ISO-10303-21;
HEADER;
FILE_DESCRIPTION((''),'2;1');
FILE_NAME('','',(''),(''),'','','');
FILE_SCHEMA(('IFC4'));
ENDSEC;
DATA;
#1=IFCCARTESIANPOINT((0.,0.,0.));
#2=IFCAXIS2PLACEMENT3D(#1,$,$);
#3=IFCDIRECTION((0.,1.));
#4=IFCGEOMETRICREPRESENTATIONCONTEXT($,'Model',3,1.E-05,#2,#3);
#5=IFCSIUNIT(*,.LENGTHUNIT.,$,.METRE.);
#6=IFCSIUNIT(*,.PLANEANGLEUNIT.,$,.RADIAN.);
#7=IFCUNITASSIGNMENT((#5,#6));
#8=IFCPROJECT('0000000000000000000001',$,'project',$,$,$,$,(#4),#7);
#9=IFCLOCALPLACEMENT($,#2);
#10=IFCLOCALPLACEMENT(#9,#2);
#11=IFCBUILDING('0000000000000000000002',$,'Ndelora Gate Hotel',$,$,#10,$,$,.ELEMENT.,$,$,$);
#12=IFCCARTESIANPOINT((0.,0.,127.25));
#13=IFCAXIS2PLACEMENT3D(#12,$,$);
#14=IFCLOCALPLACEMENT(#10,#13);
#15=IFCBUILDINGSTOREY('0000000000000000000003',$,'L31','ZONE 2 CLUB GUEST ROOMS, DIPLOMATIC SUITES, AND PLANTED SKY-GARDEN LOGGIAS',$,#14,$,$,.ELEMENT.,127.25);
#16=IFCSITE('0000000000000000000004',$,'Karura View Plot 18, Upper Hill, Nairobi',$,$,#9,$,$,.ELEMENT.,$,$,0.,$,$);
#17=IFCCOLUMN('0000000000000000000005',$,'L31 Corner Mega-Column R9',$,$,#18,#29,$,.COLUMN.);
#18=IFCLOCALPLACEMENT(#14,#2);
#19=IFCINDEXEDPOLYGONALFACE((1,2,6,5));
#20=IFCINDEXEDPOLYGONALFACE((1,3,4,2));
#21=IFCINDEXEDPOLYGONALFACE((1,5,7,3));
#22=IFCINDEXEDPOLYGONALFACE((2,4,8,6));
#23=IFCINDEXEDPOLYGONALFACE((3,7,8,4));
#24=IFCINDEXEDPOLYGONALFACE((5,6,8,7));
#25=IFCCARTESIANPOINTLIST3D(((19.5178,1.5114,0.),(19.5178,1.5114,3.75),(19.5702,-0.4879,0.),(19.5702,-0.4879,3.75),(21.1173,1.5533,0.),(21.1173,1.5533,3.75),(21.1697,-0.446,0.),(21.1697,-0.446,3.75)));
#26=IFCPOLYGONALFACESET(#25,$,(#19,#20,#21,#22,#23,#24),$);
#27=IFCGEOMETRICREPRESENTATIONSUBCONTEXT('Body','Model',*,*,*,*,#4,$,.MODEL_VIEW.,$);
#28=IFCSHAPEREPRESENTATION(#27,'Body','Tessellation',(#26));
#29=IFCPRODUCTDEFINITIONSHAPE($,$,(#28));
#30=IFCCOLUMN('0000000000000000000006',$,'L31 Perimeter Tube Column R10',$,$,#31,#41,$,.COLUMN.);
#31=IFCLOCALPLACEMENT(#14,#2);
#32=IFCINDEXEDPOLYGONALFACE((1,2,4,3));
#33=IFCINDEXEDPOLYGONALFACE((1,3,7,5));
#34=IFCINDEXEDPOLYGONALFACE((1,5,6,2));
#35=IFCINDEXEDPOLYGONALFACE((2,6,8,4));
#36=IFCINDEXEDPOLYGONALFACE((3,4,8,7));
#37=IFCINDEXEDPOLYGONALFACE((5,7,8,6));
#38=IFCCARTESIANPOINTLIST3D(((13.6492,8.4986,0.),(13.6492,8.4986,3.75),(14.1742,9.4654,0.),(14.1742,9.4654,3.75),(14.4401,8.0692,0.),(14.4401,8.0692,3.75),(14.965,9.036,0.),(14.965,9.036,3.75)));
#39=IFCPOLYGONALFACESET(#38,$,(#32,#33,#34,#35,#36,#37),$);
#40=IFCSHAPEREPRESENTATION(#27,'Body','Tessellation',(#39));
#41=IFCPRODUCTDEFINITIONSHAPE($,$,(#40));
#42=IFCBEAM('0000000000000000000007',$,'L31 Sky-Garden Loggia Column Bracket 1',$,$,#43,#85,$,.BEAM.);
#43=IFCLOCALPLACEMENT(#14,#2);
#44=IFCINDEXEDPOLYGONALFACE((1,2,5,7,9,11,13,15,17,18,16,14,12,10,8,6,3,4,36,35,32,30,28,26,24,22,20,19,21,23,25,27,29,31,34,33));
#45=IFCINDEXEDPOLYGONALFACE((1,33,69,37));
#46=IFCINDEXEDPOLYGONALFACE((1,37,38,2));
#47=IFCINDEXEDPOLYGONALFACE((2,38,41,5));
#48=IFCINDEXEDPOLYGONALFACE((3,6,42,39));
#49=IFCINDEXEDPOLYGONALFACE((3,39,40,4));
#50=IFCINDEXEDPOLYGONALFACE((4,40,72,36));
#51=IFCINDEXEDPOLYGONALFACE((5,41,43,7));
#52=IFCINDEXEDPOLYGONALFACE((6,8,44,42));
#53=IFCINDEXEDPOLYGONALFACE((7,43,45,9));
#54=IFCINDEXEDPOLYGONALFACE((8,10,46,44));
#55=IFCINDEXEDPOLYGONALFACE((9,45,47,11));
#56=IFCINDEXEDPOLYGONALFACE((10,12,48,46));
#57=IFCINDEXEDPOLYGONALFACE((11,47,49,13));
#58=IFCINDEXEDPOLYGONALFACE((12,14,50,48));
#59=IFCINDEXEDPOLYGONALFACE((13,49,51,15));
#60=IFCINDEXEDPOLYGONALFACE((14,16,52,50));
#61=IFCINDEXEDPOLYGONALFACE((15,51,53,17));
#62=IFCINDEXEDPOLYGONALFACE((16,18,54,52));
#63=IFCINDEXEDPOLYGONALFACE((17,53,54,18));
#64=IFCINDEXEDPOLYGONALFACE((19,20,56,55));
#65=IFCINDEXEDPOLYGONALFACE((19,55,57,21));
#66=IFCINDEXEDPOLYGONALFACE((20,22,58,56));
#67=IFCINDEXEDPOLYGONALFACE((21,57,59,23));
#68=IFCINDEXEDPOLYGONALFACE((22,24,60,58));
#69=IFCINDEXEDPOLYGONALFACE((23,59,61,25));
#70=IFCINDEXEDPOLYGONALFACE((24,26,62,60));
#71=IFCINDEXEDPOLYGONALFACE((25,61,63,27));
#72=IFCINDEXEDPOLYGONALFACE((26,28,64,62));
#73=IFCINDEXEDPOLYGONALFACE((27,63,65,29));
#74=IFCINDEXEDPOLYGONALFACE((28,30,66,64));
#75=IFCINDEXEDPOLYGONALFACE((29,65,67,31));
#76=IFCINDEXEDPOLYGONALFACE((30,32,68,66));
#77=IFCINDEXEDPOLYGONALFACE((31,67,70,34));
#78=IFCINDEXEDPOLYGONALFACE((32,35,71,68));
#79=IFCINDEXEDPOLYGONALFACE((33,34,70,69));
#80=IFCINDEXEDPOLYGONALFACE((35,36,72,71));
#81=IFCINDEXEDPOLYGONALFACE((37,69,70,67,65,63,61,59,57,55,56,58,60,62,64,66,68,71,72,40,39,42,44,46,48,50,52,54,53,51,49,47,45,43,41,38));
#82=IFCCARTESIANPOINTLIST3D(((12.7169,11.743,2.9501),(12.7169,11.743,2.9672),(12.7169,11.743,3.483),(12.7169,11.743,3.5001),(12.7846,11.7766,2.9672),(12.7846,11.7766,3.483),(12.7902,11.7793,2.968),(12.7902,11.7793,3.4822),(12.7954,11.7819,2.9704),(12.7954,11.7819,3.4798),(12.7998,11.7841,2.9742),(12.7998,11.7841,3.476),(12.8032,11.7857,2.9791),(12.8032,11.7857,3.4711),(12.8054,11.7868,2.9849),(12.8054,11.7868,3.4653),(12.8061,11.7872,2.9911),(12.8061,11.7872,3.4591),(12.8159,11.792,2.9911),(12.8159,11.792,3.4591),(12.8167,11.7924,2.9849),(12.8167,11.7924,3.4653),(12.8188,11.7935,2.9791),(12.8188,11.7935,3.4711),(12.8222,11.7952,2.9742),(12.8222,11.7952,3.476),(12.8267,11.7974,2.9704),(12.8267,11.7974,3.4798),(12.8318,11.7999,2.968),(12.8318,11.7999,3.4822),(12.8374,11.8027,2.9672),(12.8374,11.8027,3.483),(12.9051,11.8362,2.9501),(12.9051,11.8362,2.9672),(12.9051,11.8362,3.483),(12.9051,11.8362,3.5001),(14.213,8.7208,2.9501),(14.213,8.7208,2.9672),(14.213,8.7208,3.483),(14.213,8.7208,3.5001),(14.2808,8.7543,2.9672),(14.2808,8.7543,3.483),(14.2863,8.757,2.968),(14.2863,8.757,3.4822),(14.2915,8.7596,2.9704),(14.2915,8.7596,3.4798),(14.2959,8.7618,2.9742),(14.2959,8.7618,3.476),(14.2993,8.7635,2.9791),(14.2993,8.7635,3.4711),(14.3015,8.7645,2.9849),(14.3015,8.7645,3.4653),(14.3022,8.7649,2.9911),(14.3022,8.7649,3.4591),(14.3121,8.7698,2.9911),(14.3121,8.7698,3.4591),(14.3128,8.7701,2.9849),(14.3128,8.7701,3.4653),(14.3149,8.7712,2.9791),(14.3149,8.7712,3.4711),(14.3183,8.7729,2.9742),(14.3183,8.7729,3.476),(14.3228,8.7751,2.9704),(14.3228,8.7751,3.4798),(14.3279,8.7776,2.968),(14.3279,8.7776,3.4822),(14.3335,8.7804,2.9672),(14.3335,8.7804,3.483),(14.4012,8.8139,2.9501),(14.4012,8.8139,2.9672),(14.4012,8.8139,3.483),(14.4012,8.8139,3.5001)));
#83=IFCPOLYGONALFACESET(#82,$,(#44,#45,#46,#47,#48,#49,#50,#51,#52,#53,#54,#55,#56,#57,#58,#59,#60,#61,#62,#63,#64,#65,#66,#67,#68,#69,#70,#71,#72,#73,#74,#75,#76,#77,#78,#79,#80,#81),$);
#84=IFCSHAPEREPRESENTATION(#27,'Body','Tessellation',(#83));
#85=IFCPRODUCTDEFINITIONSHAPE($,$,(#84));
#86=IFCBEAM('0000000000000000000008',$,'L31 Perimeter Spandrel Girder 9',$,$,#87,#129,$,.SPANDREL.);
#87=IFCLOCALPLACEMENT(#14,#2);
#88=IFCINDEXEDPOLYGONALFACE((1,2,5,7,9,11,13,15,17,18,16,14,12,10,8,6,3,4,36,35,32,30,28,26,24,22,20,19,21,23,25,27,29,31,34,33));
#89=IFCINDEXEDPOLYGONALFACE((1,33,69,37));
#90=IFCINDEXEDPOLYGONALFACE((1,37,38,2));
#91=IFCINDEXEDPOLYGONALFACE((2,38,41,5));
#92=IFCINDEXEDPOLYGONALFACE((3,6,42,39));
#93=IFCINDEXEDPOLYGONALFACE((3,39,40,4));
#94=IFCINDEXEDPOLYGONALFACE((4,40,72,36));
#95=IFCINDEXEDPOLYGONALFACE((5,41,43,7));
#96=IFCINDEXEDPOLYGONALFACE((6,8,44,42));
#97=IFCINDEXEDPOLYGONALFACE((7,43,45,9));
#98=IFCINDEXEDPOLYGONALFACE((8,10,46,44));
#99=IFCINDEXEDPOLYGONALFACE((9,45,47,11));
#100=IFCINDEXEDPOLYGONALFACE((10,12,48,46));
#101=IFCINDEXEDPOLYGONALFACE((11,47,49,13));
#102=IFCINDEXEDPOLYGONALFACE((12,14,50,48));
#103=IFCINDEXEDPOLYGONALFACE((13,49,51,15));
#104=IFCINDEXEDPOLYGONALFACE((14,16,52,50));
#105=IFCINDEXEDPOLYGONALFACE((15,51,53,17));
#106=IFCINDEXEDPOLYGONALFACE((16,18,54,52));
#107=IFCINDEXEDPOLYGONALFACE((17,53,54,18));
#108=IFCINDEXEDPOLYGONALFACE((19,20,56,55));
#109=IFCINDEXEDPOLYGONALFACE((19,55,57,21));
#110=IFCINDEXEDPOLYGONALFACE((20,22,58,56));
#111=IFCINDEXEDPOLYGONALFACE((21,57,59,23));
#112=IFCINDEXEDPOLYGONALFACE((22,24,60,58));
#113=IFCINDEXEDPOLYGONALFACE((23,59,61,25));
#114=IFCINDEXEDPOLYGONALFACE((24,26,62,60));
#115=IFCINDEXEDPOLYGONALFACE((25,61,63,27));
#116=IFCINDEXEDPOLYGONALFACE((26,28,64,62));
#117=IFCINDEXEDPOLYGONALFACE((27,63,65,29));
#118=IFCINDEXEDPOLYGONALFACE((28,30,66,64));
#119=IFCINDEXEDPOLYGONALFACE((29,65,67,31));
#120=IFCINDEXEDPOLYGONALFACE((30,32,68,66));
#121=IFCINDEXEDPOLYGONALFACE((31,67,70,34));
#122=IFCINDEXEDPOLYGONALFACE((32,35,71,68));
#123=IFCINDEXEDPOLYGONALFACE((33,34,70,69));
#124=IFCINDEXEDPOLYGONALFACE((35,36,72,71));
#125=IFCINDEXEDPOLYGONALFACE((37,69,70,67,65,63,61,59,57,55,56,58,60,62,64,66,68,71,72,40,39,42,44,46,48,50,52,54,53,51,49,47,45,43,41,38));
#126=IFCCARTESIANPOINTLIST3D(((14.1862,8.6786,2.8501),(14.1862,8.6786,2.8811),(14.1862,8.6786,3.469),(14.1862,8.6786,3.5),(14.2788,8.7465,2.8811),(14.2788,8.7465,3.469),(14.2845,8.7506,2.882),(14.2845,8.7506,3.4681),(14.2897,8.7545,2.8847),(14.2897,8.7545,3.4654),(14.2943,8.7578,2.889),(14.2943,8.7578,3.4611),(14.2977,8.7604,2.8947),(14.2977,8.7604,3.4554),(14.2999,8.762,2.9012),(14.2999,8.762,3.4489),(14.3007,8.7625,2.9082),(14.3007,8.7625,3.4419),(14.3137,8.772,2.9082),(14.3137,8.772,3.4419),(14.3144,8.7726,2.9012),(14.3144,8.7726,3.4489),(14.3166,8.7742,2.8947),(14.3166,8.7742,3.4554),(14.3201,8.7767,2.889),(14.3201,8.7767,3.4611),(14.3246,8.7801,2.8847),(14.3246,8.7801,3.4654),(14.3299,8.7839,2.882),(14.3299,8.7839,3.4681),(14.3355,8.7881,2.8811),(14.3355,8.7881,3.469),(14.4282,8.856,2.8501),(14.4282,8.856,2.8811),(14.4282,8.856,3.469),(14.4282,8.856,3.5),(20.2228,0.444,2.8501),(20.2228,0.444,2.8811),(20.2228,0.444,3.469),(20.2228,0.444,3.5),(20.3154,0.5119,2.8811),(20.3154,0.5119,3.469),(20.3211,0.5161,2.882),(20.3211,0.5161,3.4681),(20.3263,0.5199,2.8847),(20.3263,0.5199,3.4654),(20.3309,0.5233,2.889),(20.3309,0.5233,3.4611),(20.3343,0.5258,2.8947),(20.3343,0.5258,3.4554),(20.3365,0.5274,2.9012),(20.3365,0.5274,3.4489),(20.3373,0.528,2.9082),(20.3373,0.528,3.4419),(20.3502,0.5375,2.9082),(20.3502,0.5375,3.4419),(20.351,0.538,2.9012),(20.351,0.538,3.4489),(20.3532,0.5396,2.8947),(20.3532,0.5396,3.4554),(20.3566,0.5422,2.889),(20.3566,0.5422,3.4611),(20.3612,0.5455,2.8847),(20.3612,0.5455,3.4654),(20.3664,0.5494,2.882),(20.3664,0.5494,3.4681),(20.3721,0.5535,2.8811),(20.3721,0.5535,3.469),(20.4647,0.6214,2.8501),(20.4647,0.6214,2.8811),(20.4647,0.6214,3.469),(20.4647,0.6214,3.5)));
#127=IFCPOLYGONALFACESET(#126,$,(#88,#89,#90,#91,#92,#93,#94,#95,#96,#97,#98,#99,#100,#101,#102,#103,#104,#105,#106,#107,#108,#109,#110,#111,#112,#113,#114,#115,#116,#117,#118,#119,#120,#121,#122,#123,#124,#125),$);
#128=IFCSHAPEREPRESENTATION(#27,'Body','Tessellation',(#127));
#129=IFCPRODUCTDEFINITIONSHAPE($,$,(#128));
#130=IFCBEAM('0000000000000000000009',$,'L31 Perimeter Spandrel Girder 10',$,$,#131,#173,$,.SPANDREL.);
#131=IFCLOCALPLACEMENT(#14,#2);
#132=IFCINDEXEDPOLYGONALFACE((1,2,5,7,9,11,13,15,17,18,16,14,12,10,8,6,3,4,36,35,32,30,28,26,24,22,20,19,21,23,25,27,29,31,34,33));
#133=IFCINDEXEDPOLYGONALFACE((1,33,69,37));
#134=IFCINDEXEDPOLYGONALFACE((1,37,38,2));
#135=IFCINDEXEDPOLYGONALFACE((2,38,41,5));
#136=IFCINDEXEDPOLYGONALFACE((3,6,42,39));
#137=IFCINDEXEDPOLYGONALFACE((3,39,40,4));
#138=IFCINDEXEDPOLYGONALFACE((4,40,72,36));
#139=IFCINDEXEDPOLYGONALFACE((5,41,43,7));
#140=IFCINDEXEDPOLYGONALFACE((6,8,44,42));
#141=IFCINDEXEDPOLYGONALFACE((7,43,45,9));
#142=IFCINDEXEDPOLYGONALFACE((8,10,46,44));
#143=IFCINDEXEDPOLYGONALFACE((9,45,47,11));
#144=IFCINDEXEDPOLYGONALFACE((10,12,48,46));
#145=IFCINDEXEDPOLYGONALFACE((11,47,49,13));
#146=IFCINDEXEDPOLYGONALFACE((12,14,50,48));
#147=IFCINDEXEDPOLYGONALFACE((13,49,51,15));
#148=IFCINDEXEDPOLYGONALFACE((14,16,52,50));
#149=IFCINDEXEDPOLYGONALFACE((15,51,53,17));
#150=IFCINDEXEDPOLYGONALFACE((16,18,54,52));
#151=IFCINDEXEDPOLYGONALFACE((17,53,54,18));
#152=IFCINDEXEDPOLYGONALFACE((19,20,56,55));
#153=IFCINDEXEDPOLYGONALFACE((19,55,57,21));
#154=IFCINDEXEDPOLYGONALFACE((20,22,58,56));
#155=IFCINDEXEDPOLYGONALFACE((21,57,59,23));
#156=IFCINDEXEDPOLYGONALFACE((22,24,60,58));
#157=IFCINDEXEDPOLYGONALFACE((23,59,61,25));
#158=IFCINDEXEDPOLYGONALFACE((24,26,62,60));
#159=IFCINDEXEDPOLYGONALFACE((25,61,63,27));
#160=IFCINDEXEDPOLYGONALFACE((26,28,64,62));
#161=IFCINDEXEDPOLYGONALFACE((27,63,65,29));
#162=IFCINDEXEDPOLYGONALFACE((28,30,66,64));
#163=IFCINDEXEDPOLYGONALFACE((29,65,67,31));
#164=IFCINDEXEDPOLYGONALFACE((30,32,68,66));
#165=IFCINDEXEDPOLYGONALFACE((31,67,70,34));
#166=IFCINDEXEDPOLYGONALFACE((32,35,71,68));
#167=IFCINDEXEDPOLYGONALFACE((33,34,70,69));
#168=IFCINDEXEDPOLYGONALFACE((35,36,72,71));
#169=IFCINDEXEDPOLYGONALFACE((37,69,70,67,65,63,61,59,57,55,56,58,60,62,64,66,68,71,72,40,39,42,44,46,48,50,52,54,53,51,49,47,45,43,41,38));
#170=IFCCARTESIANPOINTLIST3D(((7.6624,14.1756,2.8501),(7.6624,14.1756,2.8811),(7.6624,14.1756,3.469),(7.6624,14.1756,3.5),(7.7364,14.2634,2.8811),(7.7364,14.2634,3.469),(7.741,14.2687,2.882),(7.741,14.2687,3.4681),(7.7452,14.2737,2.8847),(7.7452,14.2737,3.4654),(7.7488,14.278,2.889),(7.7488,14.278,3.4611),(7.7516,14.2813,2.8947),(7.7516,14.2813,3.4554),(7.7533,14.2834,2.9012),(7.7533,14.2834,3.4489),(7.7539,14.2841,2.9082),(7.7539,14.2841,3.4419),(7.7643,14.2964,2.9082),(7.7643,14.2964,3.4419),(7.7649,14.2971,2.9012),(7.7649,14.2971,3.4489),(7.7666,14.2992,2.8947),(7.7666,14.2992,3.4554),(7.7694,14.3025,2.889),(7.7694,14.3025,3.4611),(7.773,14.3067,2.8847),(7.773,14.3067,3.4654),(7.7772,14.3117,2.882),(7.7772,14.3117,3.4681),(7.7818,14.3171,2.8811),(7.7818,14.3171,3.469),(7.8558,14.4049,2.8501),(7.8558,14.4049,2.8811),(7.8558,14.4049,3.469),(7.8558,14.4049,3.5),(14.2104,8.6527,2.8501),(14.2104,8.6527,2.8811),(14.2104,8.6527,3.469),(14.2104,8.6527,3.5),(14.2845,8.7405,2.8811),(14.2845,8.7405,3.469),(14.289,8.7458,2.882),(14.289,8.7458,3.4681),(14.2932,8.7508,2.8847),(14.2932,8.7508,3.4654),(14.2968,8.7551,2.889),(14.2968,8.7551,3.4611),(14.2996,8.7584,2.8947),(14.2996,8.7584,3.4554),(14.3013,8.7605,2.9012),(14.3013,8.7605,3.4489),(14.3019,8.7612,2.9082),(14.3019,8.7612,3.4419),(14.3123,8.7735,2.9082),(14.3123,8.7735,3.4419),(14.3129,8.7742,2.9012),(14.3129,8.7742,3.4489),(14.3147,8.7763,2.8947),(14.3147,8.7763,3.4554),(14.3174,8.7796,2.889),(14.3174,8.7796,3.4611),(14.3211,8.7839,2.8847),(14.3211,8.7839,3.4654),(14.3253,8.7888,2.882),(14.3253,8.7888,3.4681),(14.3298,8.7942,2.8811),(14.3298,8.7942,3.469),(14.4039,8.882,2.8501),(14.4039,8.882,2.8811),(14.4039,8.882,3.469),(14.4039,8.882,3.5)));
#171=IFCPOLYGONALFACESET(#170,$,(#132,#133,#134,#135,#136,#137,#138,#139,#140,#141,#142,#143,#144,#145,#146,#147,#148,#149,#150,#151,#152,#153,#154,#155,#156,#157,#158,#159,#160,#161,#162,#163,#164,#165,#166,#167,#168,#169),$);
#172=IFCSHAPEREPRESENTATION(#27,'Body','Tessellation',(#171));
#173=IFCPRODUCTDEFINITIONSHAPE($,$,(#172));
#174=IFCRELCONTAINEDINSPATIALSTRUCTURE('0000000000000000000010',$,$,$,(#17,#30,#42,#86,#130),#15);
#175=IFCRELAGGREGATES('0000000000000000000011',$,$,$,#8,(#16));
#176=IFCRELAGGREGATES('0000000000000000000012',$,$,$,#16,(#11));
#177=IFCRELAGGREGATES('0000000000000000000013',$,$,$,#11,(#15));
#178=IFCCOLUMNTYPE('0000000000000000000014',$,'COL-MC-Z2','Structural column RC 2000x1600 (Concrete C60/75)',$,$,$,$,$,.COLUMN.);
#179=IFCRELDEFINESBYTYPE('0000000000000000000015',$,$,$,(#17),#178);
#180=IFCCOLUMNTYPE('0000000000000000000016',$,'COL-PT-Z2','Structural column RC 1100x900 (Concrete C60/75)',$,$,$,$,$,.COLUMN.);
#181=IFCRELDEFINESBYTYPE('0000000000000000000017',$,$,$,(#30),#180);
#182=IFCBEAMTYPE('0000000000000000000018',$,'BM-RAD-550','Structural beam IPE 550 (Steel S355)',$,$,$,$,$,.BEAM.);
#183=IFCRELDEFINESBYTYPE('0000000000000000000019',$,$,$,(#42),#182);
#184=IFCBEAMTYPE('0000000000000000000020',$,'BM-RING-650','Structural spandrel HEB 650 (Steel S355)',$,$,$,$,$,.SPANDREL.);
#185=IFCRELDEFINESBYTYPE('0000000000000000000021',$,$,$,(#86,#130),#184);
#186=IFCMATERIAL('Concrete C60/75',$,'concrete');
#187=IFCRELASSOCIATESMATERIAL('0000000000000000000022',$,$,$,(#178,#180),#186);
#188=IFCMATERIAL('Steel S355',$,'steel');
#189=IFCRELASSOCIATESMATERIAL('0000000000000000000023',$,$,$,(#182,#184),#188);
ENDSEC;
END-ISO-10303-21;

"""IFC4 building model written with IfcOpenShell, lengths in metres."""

from ifc_helpers import new_model, si_unit, direction, frame, origin, origin_2d, place, context, subcontext, project, spatial, rectangle, i_section, extrude, material, material_profile, profile_set, type_object, element, save


model = new_model("IFC4")

# Units and contexts
model_context = context("Model", 3, precision=1e-05, world=origin(), true_north=direction((0.0, 1.0)))
body_context = subcontext(model_context, "Body", "Model", "MODEL_VIEW")
ifc_project = project(units=[si_unit("LENGTHUNIT", "METRE"), si_unit("PLANEANGLEUNIT", "RADIAN")], contexts=[model_context])

# Site, building, storey
site_placement = place(None, origin())
site = spatial("IfcSite", under=ifc_project, at=site_placement, Name="Karura View Plot 18, Upper Hill, Nairobi", CompositionType="ELEMENT", RefElevation=0.0)
building_placement = place(site_placement, origin())
building = spatial("IfcBuilding", under=site, at=building_placement, Name="Ndelora Gate Hotel", CompositionType="ELEMENT")
storey_placement = place(building_placement, frame((0.0, 0.0, 127.25)))
storey = spatial("IfcBuildingStorey", under=building, at=storey_placement, Name="L31", Description="ZONE 2 CLUB GUEST ROOMS, DIPLOMATIC SUITES, AND PLANTED SKY-GARDEN LOGGIAS", CompositionType="ELEMENT", Elevation=127.25)

# Columns
ifc_material_1 = material(Name="Concrete C60/75", Category="concrete")
ifc_material_profile_1 = material_profile(ifc_material_1, rectangle(XDim=1.6001, YDim=2.0, at=origin_2d()), Name="RC 2000x1600")
ifc_profile_set_1 = profile_set([ifc_material_profile_1], Name="Concrete C60/75")
column_type_1 = type_object("IfcColumnType", Name="COL-MC-Z2", Description="Structural column RC 2000x1600 (Concrete C60/75)", PredefinedType="COLUMN", material=ifc_profile_set_1)
column_1_placement = place(storey_placement, frame((20.3438, 0.5327, 0.0), z_axis=(0.0, 0.0, 1.0), x_axis=(0.999657, 0.026177, 0.0)))
element("IfcColumn", 1, at=column_1_placement, inside=storey, type_object=column_type_1, Name="L31 Corner Mega-Column R9", PredefinedType="COLUMN", context=body_context, shape_type="SweptSolid", body=[
    extrude(rectangle(XDim=1.6001, YDim=2.0, at=origin_2d()), origin(), (0.0, 0.0, 1.0), 3.75),
])
ifc_material_profile_2 = material_profile(ifc_material_1, rectangle(XDim=0.8999, YDim=1.1001, at=origin_2d()), Name="RC 1100x900")
ifc_profile_set_2 = profile_set([ifc_material_profile_2], Name="Concrete C60/75")
column_type_2 = type_object("IfcColumnType", Name="COL-PT-Z2", Description="Structural column RC 1100x900 (Concrete C60/75)", PredefinedType="COLUMN", material=ifc_profile_set_2)
column_2_placement = place(storey_placement, frame((14.3071, 8.7673, 0.0), z_axis=(0.0, 0.0, 1.0), x_axis=(-0.878817, 0.477159, 0.0)))
element("IfcColumn", 2, at=column_2_placement, inside=storey, type_object=column_type_2, Name="L31 Perimeter Tube Column R10", PredefinedType="COLUMN", context=body_context, shape_type="SweptSolid", body=[
    extrude(rectangle(XDim=0.8999, YDim=1.1001, at=origin_2d()), origin(), (0.0, 0.0, 1.0), 3.75),
])

# Beams
ifc_material_2 = material(Name="Steel S355", Category="steel")
ifc_material_profile_3 = material_profile(ifc_material_2, i_section(OverallWidth=0.21, OverallDepth=0.55, WebThickness=0.011, FlangeThickness=0.0171, FilletRadius=0.0239, at=origin_2d()), Name="IPE 550")
ifc_profile_set_3 = profile_set([ifc_material_profile_3], Name="Steel S355")
beam_type_1 = type_object("IfcBeamType", Name="BM-RAD-550", Description="Structural beam IPE 550 (Steel S355)", PredefinedType="BEAM", material=ifc_profile_set_3)
beam_1_placement = place(storey_placement, frame((14.3071, 8.7673, 3.2251), z_axis=(-0.443648, 0.896201, 0.0), x_axis=(-0.896201, -0.443648, 0.0)))
element("IfcBeam", 3, at=beam_1_placement, inside=storey, type_object=beam_type_1, Name="L31 Sky-Garden Loggia Column Bracket 1", PredefinedType="BEAM", context=body_context, shape_type="SweptSolid", body=[
    extrude(i_section(OverallWidth=0.21, OverallDepth=0.55, WebThickness=0.011, FlangeThickness=0.0171, FilletRadius=0.0239, at=origin_2d()), origin(), (0.0, 0.0, 1.0), 3.3723),
])
ifc_material_profile_4 = material_profile(ifc_material_2, i_section(OverallWidth=0.3, OverallDepth=0.6499, WebThickness=0.0161, FlangeThickness=0.031, FilletRadius=0.0271, at=origin_2d()), Name="HEB 650")
ifc_profile_set_4 = profile_set([ifc_material_profile_4], Name="Steel S355")
beam_type_2 = type_object("IfcBeamType", Name="BM-RING-650", Description="Structural spandrel HEB 650 (Steel S355)", PredefinedType="SPANDREL", material=ifc_profile_set_4)
beam_2_placement = place(storey_placement, frame((20.3438, 0.5327, 3.175), z_axis=(-0.59123, 0.806503, 0.0), x_axis=(-0.806503, -0.59123, 0.0)))
element("IfcBeam", 4, at=beam_2_placement, inside=storey, type_object=beam_type_2, Name="L31 Perimeter Spandrel Girder 9", PredefinedType="SPANDREL", context=body_context, shape_type="SweptSolid", body=[
    extrude(i_section(OverallWidth=0.3, OverallDepth=0.6499, WebThickness=0.0161, FlangeThickness=0.031, FilletRadius=0.0271, at=origin_2d()), origin(), (0.0, 0.0, 1.0), 10.2102),
])
beam_3_placement = place(storey_placement, frame((14.3071, 8.7673, 3.175), z_axis=(-0.764407, 0.644734, 0.0), x_axis=(-0.644734, -0.764407, 0.0)))
element("IfcBeam", 5, at=beam_3_placement, inside=storey, type_object=beam_type_2, Name="L31 Perimeter Spandrel Girder 10", PredefinedType="SPANDREL", context=body_context, shape_type="SweptSolid", body=[
    extrude(i_section(OverallWidth=0.3, OverallDepth=0.6499, WebThickness=0.0161, FlangeThickness=0.031, FilletRadius=0.0271, at=origin_2d()), origin(), (0.0, 0.0, 1.0), 8.5662),
])

save(model, "model.ifc")
